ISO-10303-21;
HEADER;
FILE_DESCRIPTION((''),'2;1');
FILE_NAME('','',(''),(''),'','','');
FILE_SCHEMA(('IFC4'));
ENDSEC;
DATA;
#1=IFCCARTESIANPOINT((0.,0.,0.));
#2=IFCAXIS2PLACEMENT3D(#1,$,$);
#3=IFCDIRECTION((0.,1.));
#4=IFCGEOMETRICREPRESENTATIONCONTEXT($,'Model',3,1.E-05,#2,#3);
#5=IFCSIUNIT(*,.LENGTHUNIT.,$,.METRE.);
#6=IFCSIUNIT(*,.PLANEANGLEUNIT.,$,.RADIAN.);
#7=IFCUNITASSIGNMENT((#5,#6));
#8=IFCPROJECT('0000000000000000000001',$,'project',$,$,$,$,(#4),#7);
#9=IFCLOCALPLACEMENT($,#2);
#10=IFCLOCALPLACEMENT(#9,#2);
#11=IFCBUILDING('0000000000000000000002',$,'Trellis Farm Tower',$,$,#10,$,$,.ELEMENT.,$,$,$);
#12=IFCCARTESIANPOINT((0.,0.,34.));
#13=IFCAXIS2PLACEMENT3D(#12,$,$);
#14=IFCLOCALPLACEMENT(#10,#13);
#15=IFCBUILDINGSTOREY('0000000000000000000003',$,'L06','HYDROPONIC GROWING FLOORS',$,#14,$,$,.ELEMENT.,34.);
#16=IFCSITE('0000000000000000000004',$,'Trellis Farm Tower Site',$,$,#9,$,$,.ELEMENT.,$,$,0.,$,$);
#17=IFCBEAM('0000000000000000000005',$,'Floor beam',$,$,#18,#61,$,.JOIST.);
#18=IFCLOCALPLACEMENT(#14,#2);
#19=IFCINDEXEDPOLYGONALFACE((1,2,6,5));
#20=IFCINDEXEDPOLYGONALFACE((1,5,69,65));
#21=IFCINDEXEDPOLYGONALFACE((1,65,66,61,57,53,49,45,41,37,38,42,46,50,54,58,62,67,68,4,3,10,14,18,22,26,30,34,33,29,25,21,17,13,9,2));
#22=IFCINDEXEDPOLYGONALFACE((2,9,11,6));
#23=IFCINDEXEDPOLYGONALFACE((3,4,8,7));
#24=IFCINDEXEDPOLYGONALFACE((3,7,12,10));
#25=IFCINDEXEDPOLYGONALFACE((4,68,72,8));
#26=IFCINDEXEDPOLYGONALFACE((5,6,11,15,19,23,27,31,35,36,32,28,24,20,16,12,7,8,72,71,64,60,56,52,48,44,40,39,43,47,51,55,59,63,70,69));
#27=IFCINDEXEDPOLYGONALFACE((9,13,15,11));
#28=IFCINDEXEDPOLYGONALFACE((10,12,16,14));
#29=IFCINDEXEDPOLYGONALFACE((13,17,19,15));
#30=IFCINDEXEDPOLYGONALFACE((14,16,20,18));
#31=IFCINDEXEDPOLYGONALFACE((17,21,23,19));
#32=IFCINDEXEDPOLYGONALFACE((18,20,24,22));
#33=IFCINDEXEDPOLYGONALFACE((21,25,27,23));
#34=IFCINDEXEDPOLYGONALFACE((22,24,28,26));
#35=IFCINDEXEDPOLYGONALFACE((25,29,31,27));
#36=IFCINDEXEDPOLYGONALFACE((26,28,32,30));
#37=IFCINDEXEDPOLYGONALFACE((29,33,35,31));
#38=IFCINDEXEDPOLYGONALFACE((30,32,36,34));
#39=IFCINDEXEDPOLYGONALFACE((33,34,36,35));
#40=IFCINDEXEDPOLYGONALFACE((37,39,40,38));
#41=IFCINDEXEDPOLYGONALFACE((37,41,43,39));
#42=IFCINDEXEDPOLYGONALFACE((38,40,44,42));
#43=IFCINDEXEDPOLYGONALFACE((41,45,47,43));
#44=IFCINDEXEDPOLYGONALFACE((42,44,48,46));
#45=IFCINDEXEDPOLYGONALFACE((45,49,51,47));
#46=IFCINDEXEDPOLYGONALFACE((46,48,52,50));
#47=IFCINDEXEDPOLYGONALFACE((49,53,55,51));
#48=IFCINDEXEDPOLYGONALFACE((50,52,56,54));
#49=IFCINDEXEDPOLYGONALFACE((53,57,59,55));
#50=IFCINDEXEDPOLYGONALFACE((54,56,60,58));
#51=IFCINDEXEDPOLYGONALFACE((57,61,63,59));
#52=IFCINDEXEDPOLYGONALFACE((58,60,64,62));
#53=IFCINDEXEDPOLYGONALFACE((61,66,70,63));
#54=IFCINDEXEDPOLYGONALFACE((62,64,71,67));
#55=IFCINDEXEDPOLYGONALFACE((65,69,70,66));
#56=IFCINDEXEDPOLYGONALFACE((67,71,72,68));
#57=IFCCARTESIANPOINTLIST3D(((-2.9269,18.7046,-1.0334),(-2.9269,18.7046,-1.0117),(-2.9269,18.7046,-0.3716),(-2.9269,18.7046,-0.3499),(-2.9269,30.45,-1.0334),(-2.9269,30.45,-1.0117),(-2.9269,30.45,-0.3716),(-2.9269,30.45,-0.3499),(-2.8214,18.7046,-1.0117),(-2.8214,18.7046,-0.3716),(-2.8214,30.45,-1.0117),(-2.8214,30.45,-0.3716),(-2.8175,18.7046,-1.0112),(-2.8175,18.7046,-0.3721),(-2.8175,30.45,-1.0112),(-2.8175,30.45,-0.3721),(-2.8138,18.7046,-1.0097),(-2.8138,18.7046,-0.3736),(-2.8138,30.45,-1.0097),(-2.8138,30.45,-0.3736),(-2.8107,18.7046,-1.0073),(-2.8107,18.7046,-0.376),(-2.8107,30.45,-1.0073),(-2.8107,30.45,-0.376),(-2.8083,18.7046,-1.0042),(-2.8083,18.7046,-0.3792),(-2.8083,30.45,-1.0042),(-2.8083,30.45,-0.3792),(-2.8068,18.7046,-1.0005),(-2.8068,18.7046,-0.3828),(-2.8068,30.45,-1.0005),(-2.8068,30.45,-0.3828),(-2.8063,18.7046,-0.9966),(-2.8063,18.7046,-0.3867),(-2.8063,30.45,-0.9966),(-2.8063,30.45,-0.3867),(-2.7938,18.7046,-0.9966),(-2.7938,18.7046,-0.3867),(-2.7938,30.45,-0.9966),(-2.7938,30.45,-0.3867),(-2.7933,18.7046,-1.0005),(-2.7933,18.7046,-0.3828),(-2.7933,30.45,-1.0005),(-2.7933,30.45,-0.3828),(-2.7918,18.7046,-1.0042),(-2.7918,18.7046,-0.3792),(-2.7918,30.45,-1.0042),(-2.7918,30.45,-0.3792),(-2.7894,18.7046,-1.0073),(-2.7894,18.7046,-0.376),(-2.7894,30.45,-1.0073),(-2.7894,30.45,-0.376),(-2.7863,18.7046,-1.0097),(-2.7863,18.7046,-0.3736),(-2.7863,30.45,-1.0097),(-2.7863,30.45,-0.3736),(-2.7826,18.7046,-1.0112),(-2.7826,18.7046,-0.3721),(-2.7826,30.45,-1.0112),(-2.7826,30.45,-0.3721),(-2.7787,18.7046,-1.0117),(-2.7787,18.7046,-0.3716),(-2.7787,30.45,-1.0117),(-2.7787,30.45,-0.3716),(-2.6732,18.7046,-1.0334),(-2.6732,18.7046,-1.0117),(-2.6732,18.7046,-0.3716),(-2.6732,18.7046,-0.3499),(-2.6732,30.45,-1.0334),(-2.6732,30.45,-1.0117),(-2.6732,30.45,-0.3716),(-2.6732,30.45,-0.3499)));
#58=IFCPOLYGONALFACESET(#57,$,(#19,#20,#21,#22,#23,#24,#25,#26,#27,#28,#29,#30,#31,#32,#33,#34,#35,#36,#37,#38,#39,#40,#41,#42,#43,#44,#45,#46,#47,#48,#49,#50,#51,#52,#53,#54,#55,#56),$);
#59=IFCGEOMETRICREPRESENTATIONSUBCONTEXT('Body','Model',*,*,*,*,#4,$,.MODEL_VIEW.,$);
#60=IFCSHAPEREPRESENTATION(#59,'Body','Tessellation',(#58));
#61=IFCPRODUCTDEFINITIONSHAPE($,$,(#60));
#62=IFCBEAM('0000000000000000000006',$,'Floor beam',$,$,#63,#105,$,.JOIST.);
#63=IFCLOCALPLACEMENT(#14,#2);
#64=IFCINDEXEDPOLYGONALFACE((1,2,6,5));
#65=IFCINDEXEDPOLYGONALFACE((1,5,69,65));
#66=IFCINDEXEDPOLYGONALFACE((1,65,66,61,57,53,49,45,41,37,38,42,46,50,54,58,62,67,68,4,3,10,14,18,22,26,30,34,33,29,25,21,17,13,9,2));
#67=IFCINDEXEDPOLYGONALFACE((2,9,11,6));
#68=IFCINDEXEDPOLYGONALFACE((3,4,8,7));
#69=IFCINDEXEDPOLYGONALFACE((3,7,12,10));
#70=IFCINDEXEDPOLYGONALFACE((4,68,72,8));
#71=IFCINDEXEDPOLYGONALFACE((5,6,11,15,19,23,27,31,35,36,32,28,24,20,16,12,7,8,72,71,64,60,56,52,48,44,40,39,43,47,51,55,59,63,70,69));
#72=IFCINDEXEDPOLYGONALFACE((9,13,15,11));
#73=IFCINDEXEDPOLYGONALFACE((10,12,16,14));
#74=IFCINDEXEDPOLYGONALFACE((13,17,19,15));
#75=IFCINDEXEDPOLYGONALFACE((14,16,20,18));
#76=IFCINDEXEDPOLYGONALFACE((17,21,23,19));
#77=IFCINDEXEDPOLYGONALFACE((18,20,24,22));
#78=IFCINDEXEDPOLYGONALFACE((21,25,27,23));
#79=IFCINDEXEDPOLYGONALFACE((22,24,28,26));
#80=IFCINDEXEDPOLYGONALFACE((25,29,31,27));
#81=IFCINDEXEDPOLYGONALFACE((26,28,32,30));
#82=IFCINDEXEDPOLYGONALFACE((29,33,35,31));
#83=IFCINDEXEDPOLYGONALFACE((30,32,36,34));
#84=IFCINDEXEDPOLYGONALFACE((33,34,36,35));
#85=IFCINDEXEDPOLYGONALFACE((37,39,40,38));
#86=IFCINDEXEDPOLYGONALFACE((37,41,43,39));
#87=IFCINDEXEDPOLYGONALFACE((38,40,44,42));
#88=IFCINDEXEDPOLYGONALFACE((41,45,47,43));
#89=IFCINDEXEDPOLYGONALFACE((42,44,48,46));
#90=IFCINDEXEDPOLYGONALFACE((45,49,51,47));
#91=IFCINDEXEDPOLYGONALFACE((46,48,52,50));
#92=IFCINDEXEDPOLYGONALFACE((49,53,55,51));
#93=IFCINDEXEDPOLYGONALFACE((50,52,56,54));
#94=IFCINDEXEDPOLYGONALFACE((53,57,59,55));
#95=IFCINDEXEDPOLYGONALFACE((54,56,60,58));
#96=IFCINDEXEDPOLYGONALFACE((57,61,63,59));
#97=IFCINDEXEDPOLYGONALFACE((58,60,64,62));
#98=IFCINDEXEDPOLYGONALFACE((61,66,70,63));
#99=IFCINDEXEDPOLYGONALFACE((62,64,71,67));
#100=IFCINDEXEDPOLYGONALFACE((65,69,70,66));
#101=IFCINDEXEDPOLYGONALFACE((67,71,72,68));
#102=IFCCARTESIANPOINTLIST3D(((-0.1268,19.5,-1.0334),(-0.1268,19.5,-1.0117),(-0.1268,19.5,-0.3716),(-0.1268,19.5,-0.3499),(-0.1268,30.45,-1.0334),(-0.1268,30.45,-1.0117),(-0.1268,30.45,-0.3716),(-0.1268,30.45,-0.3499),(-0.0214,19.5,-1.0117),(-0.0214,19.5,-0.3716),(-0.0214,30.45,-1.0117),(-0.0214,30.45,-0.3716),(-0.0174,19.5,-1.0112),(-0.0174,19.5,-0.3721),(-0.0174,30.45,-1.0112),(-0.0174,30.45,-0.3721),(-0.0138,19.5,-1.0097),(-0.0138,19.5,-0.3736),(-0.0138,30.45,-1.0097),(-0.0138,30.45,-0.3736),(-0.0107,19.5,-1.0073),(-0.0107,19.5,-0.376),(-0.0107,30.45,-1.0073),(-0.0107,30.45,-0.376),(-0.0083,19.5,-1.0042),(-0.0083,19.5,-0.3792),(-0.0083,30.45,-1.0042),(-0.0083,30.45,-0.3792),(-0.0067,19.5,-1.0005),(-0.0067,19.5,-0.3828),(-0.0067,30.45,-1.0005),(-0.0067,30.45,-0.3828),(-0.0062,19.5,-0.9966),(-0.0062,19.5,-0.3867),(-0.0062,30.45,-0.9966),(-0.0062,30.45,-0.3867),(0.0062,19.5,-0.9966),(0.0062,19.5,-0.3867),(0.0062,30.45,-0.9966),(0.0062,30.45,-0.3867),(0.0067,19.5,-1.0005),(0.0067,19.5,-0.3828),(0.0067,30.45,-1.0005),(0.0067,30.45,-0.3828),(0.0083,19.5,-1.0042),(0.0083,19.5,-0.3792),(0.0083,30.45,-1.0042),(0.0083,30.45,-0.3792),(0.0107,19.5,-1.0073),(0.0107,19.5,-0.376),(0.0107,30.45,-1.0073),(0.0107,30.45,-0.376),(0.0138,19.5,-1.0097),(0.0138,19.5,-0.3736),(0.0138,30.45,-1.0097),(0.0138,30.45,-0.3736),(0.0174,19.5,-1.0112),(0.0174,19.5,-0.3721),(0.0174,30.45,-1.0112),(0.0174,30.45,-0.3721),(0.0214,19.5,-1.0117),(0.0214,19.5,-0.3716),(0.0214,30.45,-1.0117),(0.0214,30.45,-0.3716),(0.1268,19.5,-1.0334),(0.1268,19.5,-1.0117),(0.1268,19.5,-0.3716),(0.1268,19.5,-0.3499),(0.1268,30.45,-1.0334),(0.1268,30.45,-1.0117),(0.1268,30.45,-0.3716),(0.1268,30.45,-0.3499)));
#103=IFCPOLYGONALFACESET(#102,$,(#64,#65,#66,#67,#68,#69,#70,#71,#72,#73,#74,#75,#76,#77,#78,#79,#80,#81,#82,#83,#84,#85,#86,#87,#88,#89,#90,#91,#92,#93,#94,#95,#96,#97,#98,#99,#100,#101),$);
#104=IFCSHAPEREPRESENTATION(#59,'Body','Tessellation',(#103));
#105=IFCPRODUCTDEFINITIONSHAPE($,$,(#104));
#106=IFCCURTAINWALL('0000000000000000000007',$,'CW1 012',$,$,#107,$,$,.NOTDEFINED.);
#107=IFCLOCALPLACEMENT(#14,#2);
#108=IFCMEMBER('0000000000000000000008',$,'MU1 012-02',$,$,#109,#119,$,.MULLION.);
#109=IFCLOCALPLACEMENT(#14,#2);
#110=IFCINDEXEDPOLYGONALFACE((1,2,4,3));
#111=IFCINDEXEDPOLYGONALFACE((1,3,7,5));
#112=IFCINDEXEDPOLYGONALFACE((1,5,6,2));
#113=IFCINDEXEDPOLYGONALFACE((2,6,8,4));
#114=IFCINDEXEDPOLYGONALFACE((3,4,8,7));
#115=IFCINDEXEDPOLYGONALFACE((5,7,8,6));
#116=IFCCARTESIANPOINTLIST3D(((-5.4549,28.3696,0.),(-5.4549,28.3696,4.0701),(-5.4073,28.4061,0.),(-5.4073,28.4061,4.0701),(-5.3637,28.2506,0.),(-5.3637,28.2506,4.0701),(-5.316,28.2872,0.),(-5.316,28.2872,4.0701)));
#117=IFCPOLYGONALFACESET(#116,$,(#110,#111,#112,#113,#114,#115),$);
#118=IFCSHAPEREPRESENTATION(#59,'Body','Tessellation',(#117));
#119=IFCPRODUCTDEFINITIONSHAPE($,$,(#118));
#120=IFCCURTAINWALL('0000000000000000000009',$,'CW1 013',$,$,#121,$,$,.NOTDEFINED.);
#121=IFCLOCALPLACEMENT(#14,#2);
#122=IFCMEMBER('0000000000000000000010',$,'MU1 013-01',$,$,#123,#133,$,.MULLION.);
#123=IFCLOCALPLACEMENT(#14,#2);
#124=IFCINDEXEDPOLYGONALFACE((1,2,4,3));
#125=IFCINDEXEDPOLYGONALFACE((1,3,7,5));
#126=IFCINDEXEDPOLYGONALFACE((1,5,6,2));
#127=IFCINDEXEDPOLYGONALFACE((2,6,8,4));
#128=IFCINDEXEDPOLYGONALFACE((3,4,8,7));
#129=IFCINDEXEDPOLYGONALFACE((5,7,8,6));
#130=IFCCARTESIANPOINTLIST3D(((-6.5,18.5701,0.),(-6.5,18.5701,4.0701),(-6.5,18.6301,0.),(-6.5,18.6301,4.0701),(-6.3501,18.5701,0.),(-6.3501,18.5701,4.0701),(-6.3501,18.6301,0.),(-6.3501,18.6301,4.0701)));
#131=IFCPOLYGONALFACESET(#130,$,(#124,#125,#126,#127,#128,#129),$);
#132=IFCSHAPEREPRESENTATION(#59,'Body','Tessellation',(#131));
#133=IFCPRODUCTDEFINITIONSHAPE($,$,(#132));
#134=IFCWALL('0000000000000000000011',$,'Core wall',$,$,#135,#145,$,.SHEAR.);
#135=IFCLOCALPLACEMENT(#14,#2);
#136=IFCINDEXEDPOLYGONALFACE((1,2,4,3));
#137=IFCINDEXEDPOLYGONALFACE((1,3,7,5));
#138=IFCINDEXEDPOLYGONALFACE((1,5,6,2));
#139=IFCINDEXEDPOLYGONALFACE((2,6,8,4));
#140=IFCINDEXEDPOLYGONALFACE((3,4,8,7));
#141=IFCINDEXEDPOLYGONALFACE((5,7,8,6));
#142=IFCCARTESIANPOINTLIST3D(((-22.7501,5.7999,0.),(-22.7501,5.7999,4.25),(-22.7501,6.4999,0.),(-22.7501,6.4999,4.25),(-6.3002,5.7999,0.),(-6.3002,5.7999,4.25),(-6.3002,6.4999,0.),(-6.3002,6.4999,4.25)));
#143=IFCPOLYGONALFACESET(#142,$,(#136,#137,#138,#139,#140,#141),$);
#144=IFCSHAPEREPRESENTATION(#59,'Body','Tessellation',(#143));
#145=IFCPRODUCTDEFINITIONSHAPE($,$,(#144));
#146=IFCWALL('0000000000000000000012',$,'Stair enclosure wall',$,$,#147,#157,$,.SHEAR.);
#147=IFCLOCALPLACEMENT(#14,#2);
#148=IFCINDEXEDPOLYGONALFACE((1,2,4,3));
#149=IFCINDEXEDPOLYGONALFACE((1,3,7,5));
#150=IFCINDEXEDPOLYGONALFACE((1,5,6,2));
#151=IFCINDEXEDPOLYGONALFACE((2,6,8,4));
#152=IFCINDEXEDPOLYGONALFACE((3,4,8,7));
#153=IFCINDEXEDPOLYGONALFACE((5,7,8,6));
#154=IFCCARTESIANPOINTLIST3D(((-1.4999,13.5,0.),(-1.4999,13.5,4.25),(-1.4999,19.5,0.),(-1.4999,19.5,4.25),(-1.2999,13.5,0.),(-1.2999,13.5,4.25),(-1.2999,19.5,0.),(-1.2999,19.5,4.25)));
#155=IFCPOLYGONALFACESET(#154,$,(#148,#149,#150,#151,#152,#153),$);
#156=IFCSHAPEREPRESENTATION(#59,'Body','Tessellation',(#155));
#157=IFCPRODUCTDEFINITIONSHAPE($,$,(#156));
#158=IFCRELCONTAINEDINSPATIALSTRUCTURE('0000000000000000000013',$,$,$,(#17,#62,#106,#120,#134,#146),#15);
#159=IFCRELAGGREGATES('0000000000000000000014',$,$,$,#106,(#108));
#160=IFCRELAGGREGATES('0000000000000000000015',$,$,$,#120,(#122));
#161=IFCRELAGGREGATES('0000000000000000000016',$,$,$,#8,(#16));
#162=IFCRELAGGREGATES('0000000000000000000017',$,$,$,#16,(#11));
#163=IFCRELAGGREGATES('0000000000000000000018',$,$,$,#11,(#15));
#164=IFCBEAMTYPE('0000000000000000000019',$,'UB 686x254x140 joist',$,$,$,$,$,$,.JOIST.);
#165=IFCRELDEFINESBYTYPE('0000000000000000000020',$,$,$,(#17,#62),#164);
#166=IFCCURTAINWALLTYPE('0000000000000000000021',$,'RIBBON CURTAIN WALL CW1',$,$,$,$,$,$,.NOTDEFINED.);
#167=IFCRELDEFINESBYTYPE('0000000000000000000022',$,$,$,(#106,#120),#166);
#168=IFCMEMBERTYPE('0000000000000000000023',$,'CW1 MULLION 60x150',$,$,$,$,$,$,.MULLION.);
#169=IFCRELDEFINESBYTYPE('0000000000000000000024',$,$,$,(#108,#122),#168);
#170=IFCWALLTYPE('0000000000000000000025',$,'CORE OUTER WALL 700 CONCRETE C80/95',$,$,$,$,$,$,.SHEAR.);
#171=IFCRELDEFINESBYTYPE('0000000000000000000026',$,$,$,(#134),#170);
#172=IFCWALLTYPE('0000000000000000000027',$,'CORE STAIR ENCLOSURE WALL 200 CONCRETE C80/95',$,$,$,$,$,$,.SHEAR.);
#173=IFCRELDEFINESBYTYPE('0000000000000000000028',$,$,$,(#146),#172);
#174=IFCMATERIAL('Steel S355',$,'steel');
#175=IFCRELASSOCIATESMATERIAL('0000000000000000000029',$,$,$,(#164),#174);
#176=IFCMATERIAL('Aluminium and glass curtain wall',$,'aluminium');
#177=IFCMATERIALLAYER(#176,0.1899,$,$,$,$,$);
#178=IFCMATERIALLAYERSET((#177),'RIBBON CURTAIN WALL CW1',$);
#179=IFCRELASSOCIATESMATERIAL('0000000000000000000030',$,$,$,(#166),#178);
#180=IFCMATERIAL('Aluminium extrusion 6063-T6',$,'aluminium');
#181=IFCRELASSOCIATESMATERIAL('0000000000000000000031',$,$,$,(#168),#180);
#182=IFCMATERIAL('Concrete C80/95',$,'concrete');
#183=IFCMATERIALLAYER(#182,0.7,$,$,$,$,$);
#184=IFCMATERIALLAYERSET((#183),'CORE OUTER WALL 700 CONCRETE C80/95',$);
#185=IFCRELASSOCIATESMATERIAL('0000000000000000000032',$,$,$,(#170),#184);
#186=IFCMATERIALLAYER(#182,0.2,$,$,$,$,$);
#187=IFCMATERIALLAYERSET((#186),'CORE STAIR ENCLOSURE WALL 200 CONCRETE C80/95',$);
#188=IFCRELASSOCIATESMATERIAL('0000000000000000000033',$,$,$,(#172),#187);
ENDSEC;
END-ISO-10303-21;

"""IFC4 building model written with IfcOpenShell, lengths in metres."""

from ifc_helpers import new_model, si_unit, direction, frame, frame_2d, origin, origin_2d, place, context, subcontext, project, spatial, rectangle, i_section, extrude, source, transform, mapped, material, layer, layer_set, material_profile, profile_set, type_object, element, aggregate, save


model = new_model("IFC4")

# Units and contexts
model_context = context("Model", 3, precision=1e-05, world=origin(), true_north=direction((0.0, 1.0)))
body_context = subcontext(model_context, "Body", "Model", "MODEL_VIEW")
ifc_project = project(units=[si_unit("LENGTHUNIT", "METRE"), si_unit("PLANEANGLEUNIT", "RADIAN")], contexts=[model_context])

# Site, building, storey
site_placement = place(None, origin())
site = spatial("IfcSite", under=ifc_project, at=site_placement, Name="Trellis Farm Tower Site", CompositionType="ELEMENT", RefElevation=0.0)
building_placement = place(site_placement, origin())
building = spatial("IfcBuilding", under=site, at=building_placement, Name="Trellis Farm Tower", CompositionType="ELEMENT")
storey_placement = place(building_placement, frame((0.0, 0.0, 34.0)))
storey = spatial("IfcBuildingStorey", under=building, at=storey_placement, Name="L06", Description="HYDROPONIC GROWING FLOORS", CompositionType="ELEMENT", Elevation=34.0)

# Shared definitions
ifc_material_1 = material(Name="Concrete C80/95", Category="concrete")

# Beams
ifc_material_2 = material(Name="Steel S355", Category="steel")
ifc_material_profile_1 = material_profile(ifc_material_2, i_section(OverallWidth=0.2537, OverallDepth=0.6836, WebThickness=0.0125, FlangeThickness=0.0217, FilletRadius=0.0151, at=origin_2d()), Name="UB 686x254x140")
ifc_profile_set_1 = profile_set([ifc_material_profile_1], Name="Steel S355")
beam_type_1 = type_object("IfcBeamType", Name="UB 686x254x140 joist", PredefinedType="JOIST", material=ifc_profile_set_1)
shared_shape_1 = source(origin(), body_context, "Body", "SweptSolid", [
    extrude(i_section(OverallWidth=0.2537, OverallDepth=0.6836, WebThickness=0.0125, FlangeThickness=0.0217, FilletRadius=0.0151, at=origin_2d()), origin(), (0.0, 0.0, 1.0), 11.7454),
])
beam_1_placement = place(storey_placement, frame((-2.8, 18.7046, -0.6917), z_axis=(0.0, 1.0, 0.0), x_axis=(-1.0, 0.0, 0.0)))
element("IfcBeam", 1, at=beam_1_placement, inside=storey, type_object=beam_type_1, Name="Floor beam", PredefinedType="JOIST", context=body_context, shape_type="MappedRepresentation", body=[
    mapped(shared_shape_1, transform((0.0, 0.0, 0.0))),
])
shared_shape_2 = source(origin(), body_context, "Body", "SweptSolid", [
    extrude(i_section(OverallWidth=0.2537, OverallDepth=0.6836, WebThickness=0.0125, FlangeThickness=0.0217, FilletRadius=0.0151, at=origin_2d()), origin(), (0.0, 0.0, 1.0), 10.95),
])
beam_2_placement = place(storey_placement, frame((0.0, 19.5, -0.6917), z_axis=(0.0, 1.0, 0.0), x_axis=(-1.0, 0.0, 0.0)))
element("IfcBeam", 2, at=beam_2_placement, inside=storey, type_object=beam_type_1, Name="Floor beam", PredefinedType="JOIST", context=body_context, shape_type="MappedRepresentation", body=[
    mapped(shared_shape_2, transform((0.0, 0.0, 0.0))),
])

# Curtain walls, members
ifc_material_3 = material(Name="Aluminium and glass curtain wall", Category="aluminium")
ifc_layer_1 = layer(ifc_material_3, 0.1899)
ifc_layer_set_1 = layer_set([ifc_layer_1], Name="RIBBON CURTAIN WALL CW1")
curtain_wall_type = type_object("IfcCurtainWallType", Name="RIBBON CURTAIN WALL CW1", PredefinedType="NOTDEFINED", material=ifc_layer_set_1)
placement = place(storey_placement, origin())
curtain_wall_1 = element("IfcCurtainWall", 3, at=placement, inside=storey, type_object=curtain_wall_type, Name="CW1 012", PredefinedType="NOTDEFINED")
ifc_material_4 = material(Name="Aluminium extrusion 6063-T6", Category="aluminium")
ifc_material_profile_2 = material_profile(ifc_material_4, rectangle(XDim=0.0601, YDim=0.1499, at=origin_2d()), Name="MULLION 60x150")
ifc_profile_set_2 = profile_set([ifc_material_profile_2], Name="Aluminium extrusion 6063-T6")
member_type = type_object("IfcMemberType", Name="CW1 MULLION 60x150", PredefinedType="MULLION", material=ifc_profile_set_2)
shared_shape_3 = source(origin(), body_context, "Body", "SweptSolid", [
    extrude(rectangle(XDim=0.0601, YDim=0.1499, at=origin_2d()), origin(), (0.0, 0.0, 1.0), 4.0701),
])
member_1_placement = place(storey_placement, frame((-5.3855, 28.3284, 0.0), z_axis=(0.0, 0.0, 1.0), x_axis=(-0.793353, -0.608761, 0.0)))
member_1 = element("IfcMember", 4, at=member_1_placement, type_object=member_type, Name="MU1 012-02", PredefinedType="MULLION", context=body_context, shape_type="MappedRepresentation", body=[
    mapped(shared_shape_3, transform((0.0, 0.0, 0.0))),
])
aggregate(curtain_wall_1, [member_1])
curtain_wall_2 = element("IfcCurtainWall", 5, at=placement, inside=storey, type_object=curtain_wall_type, Name="CW1 013", PredefinedType="NOTDEFINED")
member_2_placement = place(storey_placement, frame((-6.425, 18.6001, 0.0), z_axis=(0.0, 0.0, 1.0), x_axis=(0.0, -1.0, 0.0)))
member_2 = element("IfcMember", 6, at=member_2_placement, type_object=member_type, Name="MU1 013-01", PredefinedType="MULLION", context=body_context, shape_type="MappedRepresentation", body=[
    mapped(shared_shape_3, transform((0.0, 0.0, 0.0))),
])
aggregate(curtain_wall_2, [member_2])

# Walls
ifc_layer_2 = layer(ifc_material_1, 0.7)
ifc_layer_set_2 = layer_set([ifc_layer_2], Name="CORE OUTER WALL 700 CONCRETE C80/95")
wall_type_1 = type_object("IfcWallType", Name="CORE OUTER WALL 700 CONCRETE C80/95", PredefinedType="SHEAR", material=ifc_layer_set_2)
shared_shape_4 = source(origin(), body_context, "Body", "SweptSolid", [
    extrude(rectangle(XDim=16.45, YDim=0.7, at=frame_2d((8.2251, 0.0))), origin(), (0.0, 0.0, 1.0), 4.25),
])
wall_1_placement = place(storey_placement, frame((-6.3, 6.1499, 0.0), z_axis=(0.0, 0.0, 1.0), x_axis=(-1.0, 0.0, 0.0)))
element("IfcWall", 7, at=wall_1_placement, inside=storey, type_object=wall_type_1, Name="Core wall", PredefinedType="SHEAR", context=body_context, shape_type="MappedRepresentation", body=[
    mapped(shared_shape_4, transform((0.0, 0.0, 0.0))),
])
ifc_layer_3 = layer(ifc_material_1, 0.2)
ifc_layer_set_3 = layer_set([ifc_layer_3], Name="CORE STAIR ENCLOSURE WALL 200 CONCRETE C80/95")
wall_type_2 = type_object("IfcWallType", Name="CORE STAIR ENCLOSURE WALL 200 CONCRETE C80/95", PredefinedType="SHEAR", material=ifc_layer_set_3)
shared_shape_5 = source(origin(), body_context, "Body", "SweptSolid", [
    extrude(rectangle(XDim=6.0, YDim=0.2, at=frame_2d((3.0, 0.0))), origin(), (0.0, 0.0, 1.0), 4.25),
])
wall_2_placement = place(storey_placement, frame((-1.3999, 13.5, 0.0), z_axis=(0.0, 0.0, 1.0), x_axis=(0.0, 1.0, 0.0)))
element("IfcWall", 8, at=wall_2_placement, inside=storey, type_object=wall_type_2, Name="Stair enclosure wall", PredefinedType="SHEAR", context=body_context, shape_type="MappedRepresentation", body=[
    mapped(shared_shape_5, transform((0.0, 0.0, 0.0))),
])

save(model, "model.ifc")
